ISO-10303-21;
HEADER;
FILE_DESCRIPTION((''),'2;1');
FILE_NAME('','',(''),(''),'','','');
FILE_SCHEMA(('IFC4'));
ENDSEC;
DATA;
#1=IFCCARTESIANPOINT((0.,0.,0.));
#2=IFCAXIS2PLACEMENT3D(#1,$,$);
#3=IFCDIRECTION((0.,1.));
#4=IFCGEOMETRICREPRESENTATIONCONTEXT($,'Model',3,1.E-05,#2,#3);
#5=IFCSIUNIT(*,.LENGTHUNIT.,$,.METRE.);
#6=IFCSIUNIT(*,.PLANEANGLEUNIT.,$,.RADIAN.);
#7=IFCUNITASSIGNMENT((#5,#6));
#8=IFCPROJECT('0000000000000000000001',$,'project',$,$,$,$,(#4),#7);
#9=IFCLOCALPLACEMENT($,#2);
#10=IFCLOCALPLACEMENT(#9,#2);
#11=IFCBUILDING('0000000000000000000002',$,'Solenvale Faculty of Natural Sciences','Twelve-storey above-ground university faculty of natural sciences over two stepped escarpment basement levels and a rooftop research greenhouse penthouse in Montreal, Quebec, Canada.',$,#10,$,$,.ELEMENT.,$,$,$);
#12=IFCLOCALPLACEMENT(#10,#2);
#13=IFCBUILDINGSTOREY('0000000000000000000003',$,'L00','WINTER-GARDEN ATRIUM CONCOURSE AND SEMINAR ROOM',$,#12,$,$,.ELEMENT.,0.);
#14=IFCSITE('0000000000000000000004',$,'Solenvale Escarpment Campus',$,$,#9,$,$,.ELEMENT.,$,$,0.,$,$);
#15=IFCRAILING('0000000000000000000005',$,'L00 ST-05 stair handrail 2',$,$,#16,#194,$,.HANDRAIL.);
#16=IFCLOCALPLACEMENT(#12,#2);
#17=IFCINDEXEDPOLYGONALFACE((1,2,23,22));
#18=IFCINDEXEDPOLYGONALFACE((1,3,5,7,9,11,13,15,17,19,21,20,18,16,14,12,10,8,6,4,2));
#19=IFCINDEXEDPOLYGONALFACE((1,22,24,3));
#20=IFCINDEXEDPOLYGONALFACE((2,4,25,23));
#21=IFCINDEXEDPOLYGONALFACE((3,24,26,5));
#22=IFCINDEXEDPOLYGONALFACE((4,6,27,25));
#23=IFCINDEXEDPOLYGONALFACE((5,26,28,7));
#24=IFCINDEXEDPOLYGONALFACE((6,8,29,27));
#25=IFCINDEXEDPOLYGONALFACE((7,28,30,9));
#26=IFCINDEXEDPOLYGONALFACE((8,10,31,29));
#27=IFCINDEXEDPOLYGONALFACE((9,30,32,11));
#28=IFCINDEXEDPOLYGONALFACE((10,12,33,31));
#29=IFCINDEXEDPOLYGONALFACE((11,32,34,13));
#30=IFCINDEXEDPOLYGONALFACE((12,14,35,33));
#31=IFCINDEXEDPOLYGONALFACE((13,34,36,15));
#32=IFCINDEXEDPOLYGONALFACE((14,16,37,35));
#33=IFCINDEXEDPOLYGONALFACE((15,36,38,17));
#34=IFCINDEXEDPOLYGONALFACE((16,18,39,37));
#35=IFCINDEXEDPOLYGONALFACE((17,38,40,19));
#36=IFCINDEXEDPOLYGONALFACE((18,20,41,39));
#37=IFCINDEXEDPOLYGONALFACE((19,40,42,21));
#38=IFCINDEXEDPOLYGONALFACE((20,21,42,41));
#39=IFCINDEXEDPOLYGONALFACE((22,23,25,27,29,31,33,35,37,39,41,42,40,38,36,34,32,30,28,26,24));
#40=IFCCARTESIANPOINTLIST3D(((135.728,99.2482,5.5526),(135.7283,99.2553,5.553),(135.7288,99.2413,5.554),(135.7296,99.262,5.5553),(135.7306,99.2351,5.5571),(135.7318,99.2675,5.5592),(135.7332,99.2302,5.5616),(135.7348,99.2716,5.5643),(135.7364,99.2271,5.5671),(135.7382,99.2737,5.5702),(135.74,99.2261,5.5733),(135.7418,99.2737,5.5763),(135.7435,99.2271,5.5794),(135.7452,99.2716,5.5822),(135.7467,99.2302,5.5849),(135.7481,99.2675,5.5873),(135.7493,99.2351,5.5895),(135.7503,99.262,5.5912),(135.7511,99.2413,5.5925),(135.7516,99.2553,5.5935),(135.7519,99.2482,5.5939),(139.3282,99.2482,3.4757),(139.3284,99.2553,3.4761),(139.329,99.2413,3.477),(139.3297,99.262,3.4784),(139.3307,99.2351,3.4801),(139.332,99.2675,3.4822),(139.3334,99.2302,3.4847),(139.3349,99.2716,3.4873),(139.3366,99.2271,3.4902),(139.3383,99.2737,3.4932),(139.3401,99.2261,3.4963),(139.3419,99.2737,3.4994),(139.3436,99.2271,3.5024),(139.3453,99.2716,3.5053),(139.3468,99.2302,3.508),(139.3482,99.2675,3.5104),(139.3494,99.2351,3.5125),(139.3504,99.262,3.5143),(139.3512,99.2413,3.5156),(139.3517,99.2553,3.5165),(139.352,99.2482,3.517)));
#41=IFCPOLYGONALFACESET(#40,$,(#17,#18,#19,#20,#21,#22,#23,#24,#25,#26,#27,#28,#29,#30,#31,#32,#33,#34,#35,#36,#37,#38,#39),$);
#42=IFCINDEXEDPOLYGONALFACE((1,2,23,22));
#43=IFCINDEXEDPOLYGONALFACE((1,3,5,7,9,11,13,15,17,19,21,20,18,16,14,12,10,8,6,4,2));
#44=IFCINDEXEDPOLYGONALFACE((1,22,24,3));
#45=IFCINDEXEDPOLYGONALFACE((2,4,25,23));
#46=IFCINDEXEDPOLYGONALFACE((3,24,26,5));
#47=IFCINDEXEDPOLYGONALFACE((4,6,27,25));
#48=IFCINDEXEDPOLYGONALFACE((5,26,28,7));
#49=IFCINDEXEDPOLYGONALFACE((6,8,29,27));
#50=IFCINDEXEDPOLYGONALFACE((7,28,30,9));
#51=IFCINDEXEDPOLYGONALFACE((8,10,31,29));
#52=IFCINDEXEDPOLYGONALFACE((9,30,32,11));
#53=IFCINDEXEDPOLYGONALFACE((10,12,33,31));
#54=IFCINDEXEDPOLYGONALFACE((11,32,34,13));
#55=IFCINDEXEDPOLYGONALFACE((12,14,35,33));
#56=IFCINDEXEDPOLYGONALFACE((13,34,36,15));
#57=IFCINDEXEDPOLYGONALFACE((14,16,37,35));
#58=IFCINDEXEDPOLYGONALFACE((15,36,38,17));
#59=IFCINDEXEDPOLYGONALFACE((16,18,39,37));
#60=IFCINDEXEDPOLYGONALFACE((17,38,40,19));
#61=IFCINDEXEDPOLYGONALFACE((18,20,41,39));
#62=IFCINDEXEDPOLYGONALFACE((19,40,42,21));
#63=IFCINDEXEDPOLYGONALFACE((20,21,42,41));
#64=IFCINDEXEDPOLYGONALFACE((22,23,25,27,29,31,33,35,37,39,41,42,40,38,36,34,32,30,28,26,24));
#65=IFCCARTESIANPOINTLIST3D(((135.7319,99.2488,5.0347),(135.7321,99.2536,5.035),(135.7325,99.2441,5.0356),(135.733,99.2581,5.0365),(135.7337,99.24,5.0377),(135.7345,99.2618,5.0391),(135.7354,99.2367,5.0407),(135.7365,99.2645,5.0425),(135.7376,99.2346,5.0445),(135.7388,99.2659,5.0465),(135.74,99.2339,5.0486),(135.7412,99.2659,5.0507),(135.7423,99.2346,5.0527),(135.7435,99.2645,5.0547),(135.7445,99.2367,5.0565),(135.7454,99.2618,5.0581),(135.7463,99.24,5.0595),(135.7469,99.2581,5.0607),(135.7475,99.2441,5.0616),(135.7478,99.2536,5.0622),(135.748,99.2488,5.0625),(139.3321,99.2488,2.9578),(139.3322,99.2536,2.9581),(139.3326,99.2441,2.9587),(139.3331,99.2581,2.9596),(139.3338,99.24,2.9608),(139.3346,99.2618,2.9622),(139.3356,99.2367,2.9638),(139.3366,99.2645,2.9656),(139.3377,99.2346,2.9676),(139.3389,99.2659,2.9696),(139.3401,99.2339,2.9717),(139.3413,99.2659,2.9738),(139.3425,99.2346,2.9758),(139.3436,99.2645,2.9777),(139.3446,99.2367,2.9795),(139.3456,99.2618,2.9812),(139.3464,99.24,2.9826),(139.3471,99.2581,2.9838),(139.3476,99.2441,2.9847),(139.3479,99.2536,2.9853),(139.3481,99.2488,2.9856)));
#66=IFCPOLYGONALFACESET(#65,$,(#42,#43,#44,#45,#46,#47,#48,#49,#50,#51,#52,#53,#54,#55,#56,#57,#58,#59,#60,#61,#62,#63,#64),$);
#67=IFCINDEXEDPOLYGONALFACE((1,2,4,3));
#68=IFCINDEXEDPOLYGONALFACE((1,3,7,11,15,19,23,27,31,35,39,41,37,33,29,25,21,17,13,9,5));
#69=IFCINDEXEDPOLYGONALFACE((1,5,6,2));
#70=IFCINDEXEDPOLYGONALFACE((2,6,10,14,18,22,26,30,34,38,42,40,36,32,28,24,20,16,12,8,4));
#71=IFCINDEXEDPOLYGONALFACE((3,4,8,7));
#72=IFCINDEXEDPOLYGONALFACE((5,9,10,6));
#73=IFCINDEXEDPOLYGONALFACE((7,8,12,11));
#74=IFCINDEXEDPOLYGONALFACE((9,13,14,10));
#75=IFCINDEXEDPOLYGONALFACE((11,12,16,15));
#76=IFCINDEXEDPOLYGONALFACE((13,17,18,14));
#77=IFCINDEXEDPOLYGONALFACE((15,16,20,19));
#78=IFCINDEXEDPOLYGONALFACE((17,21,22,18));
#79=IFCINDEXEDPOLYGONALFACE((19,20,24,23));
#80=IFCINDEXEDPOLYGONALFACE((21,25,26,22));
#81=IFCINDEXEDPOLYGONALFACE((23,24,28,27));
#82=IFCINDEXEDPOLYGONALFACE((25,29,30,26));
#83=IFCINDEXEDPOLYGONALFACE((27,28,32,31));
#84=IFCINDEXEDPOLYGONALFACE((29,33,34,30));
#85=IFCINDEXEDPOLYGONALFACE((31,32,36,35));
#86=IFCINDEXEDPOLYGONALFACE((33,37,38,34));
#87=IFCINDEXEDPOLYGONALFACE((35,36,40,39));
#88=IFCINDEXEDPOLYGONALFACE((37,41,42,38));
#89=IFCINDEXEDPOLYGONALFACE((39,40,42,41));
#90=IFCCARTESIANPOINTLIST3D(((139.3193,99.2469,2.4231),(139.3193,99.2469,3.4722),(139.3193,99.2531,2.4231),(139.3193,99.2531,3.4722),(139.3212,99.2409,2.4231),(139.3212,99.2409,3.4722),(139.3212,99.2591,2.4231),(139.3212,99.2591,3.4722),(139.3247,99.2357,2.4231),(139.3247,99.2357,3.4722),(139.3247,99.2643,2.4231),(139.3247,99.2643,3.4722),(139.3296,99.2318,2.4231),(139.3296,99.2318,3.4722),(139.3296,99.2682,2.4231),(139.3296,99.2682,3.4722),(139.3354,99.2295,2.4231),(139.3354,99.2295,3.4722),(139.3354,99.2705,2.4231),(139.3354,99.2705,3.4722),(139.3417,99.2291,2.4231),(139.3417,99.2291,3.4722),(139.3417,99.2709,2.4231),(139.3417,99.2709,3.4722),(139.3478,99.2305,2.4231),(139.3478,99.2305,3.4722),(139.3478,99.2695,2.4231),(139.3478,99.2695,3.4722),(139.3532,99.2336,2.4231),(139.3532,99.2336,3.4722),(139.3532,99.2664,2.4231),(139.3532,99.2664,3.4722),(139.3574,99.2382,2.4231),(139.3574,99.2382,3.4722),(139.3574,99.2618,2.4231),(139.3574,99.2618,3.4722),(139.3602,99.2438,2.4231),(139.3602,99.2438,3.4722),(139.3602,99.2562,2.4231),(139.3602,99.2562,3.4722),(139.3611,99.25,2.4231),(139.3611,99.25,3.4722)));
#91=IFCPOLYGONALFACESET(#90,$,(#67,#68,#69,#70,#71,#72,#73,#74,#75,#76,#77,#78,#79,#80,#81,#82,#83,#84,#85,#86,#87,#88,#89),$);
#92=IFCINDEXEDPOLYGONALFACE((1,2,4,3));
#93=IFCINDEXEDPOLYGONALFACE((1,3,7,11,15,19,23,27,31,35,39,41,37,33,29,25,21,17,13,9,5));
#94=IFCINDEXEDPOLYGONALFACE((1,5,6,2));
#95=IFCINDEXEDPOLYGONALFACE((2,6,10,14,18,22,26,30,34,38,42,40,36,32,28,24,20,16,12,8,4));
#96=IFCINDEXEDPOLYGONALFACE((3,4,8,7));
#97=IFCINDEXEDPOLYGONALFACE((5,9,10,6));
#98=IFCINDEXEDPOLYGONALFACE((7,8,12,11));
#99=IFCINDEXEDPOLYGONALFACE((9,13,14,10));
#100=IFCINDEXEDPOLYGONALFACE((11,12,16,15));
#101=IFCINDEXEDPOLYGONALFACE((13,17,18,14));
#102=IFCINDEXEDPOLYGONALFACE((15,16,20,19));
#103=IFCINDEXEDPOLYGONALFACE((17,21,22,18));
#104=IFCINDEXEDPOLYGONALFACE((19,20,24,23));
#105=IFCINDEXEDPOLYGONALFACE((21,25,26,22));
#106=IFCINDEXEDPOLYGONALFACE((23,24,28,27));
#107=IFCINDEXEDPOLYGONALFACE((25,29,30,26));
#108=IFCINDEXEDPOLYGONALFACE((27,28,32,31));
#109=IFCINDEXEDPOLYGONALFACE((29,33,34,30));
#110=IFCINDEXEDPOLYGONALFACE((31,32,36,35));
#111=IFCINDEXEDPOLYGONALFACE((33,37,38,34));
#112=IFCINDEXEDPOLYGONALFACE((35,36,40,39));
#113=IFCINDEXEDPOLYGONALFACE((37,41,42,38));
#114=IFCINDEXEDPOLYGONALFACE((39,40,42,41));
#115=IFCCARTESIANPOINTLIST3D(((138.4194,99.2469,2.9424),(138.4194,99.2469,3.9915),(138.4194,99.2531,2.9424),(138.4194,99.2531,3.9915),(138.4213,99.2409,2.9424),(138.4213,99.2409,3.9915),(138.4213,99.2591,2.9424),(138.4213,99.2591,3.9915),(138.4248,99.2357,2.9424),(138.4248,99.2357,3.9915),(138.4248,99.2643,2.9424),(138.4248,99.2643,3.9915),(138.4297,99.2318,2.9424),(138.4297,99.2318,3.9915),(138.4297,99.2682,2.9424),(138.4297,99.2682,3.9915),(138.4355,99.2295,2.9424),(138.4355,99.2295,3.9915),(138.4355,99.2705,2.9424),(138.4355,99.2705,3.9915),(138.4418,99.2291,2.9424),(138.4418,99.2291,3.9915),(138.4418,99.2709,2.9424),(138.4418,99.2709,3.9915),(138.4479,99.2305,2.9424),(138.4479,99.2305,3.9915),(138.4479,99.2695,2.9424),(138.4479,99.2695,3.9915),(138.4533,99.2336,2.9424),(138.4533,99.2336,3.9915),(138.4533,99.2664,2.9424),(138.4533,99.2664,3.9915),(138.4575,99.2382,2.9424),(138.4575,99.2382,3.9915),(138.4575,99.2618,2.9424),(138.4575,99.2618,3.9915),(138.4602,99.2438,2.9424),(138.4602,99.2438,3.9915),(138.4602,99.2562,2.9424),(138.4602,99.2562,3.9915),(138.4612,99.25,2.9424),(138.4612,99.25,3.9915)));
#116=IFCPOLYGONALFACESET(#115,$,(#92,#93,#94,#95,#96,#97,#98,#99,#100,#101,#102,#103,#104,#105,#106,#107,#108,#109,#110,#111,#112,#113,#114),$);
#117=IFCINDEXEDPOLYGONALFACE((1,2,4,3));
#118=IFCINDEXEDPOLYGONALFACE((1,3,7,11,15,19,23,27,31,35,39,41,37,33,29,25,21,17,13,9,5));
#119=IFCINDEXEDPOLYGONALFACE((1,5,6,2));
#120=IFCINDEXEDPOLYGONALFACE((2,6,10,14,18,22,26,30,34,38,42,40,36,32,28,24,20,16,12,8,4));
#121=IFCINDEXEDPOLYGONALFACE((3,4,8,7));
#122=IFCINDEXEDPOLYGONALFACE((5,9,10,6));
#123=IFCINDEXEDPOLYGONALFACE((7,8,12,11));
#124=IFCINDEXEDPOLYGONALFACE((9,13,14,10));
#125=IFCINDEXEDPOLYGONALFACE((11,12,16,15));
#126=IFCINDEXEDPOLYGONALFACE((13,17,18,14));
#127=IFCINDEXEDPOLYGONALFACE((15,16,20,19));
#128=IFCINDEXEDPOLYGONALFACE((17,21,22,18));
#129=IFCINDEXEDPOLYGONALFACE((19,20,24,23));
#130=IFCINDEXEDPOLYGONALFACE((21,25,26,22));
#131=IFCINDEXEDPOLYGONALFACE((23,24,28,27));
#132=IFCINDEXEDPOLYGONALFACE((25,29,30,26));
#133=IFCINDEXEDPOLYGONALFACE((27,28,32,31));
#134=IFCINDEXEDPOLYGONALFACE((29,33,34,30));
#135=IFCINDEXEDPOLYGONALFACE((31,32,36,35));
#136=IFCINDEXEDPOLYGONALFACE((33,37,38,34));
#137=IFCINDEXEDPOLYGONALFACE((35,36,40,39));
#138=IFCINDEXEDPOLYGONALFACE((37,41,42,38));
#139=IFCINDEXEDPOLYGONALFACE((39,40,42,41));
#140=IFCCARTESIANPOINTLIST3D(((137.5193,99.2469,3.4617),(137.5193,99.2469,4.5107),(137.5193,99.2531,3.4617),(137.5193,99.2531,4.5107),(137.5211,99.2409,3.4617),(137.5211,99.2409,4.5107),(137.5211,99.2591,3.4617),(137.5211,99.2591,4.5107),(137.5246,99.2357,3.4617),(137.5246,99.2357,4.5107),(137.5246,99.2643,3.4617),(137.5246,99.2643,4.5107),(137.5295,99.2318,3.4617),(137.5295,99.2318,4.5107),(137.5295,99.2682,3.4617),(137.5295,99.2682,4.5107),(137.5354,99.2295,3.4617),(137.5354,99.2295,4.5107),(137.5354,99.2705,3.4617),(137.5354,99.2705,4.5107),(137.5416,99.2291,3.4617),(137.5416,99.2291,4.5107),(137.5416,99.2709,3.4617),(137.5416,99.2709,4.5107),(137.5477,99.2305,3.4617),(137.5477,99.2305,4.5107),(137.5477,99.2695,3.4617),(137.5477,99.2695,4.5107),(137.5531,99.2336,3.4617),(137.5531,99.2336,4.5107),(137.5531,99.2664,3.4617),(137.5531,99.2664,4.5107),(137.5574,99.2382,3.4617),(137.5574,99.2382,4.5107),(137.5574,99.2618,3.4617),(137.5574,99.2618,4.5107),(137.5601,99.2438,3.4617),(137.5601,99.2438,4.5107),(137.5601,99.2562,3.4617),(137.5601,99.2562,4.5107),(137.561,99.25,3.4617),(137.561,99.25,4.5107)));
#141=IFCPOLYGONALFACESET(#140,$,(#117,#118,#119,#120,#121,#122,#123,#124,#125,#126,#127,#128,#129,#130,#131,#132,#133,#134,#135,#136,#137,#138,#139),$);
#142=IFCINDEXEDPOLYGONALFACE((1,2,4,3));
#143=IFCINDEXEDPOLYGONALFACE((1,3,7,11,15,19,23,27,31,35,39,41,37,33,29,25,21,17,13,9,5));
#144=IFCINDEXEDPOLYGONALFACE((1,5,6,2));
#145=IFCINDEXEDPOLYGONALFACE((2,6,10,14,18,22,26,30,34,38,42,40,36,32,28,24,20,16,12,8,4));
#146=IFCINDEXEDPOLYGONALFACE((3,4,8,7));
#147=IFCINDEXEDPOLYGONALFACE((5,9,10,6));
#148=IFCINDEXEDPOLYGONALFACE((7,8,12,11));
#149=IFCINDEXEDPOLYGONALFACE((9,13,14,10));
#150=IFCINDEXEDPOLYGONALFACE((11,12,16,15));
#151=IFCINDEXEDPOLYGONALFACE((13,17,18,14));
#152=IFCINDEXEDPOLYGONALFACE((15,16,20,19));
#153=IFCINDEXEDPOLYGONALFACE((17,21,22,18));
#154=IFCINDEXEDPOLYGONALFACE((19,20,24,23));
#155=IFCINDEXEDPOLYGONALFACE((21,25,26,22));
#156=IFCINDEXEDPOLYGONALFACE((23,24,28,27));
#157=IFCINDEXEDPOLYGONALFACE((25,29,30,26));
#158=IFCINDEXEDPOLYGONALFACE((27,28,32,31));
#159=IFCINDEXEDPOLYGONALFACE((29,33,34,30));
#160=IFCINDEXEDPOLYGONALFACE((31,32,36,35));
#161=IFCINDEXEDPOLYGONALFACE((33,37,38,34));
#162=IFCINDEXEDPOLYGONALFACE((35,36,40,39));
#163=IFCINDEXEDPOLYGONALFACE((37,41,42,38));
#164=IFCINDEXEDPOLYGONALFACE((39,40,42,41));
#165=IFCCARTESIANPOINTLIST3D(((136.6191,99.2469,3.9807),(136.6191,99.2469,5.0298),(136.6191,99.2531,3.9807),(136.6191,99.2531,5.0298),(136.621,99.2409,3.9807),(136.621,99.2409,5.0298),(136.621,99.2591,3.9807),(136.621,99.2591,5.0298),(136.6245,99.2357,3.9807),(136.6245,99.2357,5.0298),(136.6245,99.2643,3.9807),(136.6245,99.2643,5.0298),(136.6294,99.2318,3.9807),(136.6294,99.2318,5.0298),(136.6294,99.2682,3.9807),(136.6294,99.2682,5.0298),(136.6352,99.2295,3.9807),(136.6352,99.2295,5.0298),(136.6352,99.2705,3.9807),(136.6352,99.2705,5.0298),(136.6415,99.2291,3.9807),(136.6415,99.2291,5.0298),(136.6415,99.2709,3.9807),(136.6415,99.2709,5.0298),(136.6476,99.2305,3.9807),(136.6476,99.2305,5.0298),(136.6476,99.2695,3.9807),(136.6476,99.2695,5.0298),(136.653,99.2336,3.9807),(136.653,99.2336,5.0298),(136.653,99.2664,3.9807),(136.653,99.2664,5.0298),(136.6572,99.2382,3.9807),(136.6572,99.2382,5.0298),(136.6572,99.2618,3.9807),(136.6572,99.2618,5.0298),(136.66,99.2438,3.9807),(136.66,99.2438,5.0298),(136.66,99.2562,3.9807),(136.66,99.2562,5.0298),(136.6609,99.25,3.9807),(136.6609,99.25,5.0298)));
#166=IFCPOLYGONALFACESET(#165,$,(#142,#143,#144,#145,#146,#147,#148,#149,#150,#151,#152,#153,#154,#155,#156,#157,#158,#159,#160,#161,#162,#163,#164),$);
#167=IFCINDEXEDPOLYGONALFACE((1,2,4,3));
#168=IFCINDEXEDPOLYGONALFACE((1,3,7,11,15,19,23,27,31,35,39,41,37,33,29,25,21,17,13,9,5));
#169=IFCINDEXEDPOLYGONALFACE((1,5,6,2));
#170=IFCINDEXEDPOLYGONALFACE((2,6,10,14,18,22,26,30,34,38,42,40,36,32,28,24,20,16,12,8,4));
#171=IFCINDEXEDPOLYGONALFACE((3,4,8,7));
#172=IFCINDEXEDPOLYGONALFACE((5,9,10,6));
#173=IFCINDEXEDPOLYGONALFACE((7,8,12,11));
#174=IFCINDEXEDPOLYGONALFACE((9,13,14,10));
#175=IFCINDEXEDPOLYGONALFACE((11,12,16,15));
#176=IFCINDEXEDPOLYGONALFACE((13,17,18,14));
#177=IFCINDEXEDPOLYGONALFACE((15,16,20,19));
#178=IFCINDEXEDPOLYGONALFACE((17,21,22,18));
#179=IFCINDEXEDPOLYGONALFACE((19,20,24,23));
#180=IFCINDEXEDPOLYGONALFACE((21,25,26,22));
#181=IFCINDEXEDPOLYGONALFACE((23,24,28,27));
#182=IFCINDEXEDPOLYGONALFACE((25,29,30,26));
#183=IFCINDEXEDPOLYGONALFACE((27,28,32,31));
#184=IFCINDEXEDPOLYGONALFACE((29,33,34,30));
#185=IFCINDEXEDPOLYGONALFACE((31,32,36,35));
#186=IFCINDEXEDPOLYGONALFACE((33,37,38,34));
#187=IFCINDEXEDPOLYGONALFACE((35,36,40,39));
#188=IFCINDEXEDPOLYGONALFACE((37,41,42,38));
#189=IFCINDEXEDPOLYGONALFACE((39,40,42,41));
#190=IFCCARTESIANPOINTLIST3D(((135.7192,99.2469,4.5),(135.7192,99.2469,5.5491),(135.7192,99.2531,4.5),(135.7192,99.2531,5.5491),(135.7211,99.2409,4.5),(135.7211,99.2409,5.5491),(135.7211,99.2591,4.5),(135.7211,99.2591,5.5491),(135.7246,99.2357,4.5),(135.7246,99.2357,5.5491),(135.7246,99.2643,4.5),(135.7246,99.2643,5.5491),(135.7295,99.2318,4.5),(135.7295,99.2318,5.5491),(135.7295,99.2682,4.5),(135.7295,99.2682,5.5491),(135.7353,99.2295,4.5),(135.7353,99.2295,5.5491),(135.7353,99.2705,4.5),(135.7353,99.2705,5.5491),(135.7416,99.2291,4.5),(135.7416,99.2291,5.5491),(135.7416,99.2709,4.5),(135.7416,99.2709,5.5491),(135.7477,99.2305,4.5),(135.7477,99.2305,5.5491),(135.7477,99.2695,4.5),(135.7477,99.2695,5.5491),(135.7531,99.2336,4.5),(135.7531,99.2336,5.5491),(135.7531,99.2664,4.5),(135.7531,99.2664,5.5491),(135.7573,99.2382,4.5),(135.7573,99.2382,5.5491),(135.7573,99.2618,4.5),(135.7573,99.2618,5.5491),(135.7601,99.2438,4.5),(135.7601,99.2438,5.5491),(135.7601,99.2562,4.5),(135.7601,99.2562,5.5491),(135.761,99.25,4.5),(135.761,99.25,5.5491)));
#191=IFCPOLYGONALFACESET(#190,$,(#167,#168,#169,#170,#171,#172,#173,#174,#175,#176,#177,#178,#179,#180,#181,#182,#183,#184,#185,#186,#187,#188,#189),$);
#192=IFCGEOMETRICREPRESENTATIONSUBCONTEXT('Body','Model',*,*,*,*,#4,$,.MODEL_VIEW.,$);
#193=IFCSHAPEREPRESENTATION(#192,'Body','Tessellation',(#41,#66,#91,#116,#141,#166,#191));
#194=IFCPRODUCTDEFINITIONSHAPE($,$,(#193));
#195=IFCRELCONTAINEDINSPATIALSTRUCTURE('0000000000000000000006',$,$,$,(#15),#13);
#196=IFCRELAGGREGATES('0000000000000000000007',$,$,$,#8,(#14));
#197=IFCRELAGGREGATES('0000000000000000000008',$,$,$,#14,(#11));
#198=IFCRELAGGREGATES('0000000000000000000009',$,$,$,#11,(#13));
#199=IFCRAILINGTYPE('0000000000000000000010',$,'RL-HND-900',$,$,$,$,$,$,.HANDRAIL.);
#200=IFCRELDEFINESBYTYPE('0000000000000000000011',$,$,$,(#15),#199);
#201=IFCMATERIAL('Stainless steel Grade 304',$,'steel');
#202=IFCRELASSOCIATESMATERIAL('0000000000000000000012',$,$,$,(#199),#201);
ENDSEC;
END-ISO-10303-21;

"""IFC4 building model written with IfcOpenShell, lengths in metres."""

from ifc_helpers import new_model, si_unit, direction, frame, origin, origin_2d, place, context, subcontext, project, spatial, circle, extrude, material, type_object, element, save


model = new_model("IFC4")

# Units and contexts
model_context = context("Model", 3, precision=1e-05, world=origin(), true_north=direction((0.0, 1.0)))
body_context = subcontext(model_context, "Body", "Model", "MODEL_VIEW")
ifc_project = project(units=[si_unit("LENGTHUNIT", "METRE"), si_unit("PLANEANGLEUNIT", "RADIAN")], contexts=[model_context])

# Site, building, storey
site_placement = place(None, origin())
site = spatial("IfcSite", under=ifc_project, at=site_placement, Name="Solenvale Escarpment Campus", CompositionType="ELEMENT", RefElevation=0.0)
building_placement = place(site_placement, origin())
building = spatial("IfcBuilding", under=site, at=building_placement, Name="Solenvale Faculty of Natural Sciences", Description="Twelve-storey above-ground university faculty of natural sciences over two stepped escarpment basement levels and a rooftop research greenhouse penthouse in Montreal, Quebec, Canada.", CompositionType="ELEMENT")
storey_placement = place(building_placement, origin())
storey = spatial("IfcBuildingStorey", under=building, at=storey_placement, Name="L00", Description="WINTER-GARDEN ATRIUM CONCOURSE AND SEMINAR ROOM", CompositionType="ELEMENT", Elevation=0.0)

# Railing
ifc_material_1 = material(Name="Stainless steel Grade 304", Category="steel")
railing_type_1 = type_object("IfcRailingType", Name="RL-HND-900", PredefinedType="HANDRAIL", material=ifc_material_1)
railing_1_placement = place(storey_placement, frame((139.3401, 99.25, 2.4231)))
element("IfcRailing", 1, at=railing_1_placement, inside=storey, type_object=railing_type_1, Name="L00 ST-05 stair handrail 2", PredefinedType="HANDRAIL", context=body_context, shape_type="SweptSolid", body=[
    extrude(circle(Radius=0.0239, at=origin_2d()), frame((0.0, 0.0, 1.0732), z_axis=(-0.866193, 0.0, 0.499709), x_axis=(0.0, -1.0, 0.0)), (0.0, 0.0, 1.0), 4.1562),
    extrude(circle(Radius=0.0161, at=origin_2d()), frame((0.0, 0.0, 0.5486), z_axis=(-0.866193, 0.0, 0.499709), x_axis=(0.0, -1.0, 0.0)), (0.0, 0.0, 1.0), 4.1562),
    extrude(circle(Radius=0.021, at=origin_2d()), origin(), (0.0, 0.0, 1.0), 1.0491),
    extrude(circle(Radius=0.021, at=origin_2d()), frame((-0.8999, 0.0, 0.5193)), (0.0, 0.0, 1.0), 1.0491),
    extrude(circle(Radius=0.021, at=origin_2d()), frame((-1.8, 0.0, 1.0386)), (0.0, 0.0, 1.0), 1.0491),
    extrude(circle(Radius=0.021, at=origin_2d()), frame((-2.7002, 0.0, 1.5576)), (0.0, 0.0, 1.0), 1.0491),
    extrude(circle(Radius=0.021, at=origin_2d()), frame((-3.6001, 0.0, 2.0769)), (0.0, 0.0, 1.0), 1.0491),
])

save(model, "model.ifc")
